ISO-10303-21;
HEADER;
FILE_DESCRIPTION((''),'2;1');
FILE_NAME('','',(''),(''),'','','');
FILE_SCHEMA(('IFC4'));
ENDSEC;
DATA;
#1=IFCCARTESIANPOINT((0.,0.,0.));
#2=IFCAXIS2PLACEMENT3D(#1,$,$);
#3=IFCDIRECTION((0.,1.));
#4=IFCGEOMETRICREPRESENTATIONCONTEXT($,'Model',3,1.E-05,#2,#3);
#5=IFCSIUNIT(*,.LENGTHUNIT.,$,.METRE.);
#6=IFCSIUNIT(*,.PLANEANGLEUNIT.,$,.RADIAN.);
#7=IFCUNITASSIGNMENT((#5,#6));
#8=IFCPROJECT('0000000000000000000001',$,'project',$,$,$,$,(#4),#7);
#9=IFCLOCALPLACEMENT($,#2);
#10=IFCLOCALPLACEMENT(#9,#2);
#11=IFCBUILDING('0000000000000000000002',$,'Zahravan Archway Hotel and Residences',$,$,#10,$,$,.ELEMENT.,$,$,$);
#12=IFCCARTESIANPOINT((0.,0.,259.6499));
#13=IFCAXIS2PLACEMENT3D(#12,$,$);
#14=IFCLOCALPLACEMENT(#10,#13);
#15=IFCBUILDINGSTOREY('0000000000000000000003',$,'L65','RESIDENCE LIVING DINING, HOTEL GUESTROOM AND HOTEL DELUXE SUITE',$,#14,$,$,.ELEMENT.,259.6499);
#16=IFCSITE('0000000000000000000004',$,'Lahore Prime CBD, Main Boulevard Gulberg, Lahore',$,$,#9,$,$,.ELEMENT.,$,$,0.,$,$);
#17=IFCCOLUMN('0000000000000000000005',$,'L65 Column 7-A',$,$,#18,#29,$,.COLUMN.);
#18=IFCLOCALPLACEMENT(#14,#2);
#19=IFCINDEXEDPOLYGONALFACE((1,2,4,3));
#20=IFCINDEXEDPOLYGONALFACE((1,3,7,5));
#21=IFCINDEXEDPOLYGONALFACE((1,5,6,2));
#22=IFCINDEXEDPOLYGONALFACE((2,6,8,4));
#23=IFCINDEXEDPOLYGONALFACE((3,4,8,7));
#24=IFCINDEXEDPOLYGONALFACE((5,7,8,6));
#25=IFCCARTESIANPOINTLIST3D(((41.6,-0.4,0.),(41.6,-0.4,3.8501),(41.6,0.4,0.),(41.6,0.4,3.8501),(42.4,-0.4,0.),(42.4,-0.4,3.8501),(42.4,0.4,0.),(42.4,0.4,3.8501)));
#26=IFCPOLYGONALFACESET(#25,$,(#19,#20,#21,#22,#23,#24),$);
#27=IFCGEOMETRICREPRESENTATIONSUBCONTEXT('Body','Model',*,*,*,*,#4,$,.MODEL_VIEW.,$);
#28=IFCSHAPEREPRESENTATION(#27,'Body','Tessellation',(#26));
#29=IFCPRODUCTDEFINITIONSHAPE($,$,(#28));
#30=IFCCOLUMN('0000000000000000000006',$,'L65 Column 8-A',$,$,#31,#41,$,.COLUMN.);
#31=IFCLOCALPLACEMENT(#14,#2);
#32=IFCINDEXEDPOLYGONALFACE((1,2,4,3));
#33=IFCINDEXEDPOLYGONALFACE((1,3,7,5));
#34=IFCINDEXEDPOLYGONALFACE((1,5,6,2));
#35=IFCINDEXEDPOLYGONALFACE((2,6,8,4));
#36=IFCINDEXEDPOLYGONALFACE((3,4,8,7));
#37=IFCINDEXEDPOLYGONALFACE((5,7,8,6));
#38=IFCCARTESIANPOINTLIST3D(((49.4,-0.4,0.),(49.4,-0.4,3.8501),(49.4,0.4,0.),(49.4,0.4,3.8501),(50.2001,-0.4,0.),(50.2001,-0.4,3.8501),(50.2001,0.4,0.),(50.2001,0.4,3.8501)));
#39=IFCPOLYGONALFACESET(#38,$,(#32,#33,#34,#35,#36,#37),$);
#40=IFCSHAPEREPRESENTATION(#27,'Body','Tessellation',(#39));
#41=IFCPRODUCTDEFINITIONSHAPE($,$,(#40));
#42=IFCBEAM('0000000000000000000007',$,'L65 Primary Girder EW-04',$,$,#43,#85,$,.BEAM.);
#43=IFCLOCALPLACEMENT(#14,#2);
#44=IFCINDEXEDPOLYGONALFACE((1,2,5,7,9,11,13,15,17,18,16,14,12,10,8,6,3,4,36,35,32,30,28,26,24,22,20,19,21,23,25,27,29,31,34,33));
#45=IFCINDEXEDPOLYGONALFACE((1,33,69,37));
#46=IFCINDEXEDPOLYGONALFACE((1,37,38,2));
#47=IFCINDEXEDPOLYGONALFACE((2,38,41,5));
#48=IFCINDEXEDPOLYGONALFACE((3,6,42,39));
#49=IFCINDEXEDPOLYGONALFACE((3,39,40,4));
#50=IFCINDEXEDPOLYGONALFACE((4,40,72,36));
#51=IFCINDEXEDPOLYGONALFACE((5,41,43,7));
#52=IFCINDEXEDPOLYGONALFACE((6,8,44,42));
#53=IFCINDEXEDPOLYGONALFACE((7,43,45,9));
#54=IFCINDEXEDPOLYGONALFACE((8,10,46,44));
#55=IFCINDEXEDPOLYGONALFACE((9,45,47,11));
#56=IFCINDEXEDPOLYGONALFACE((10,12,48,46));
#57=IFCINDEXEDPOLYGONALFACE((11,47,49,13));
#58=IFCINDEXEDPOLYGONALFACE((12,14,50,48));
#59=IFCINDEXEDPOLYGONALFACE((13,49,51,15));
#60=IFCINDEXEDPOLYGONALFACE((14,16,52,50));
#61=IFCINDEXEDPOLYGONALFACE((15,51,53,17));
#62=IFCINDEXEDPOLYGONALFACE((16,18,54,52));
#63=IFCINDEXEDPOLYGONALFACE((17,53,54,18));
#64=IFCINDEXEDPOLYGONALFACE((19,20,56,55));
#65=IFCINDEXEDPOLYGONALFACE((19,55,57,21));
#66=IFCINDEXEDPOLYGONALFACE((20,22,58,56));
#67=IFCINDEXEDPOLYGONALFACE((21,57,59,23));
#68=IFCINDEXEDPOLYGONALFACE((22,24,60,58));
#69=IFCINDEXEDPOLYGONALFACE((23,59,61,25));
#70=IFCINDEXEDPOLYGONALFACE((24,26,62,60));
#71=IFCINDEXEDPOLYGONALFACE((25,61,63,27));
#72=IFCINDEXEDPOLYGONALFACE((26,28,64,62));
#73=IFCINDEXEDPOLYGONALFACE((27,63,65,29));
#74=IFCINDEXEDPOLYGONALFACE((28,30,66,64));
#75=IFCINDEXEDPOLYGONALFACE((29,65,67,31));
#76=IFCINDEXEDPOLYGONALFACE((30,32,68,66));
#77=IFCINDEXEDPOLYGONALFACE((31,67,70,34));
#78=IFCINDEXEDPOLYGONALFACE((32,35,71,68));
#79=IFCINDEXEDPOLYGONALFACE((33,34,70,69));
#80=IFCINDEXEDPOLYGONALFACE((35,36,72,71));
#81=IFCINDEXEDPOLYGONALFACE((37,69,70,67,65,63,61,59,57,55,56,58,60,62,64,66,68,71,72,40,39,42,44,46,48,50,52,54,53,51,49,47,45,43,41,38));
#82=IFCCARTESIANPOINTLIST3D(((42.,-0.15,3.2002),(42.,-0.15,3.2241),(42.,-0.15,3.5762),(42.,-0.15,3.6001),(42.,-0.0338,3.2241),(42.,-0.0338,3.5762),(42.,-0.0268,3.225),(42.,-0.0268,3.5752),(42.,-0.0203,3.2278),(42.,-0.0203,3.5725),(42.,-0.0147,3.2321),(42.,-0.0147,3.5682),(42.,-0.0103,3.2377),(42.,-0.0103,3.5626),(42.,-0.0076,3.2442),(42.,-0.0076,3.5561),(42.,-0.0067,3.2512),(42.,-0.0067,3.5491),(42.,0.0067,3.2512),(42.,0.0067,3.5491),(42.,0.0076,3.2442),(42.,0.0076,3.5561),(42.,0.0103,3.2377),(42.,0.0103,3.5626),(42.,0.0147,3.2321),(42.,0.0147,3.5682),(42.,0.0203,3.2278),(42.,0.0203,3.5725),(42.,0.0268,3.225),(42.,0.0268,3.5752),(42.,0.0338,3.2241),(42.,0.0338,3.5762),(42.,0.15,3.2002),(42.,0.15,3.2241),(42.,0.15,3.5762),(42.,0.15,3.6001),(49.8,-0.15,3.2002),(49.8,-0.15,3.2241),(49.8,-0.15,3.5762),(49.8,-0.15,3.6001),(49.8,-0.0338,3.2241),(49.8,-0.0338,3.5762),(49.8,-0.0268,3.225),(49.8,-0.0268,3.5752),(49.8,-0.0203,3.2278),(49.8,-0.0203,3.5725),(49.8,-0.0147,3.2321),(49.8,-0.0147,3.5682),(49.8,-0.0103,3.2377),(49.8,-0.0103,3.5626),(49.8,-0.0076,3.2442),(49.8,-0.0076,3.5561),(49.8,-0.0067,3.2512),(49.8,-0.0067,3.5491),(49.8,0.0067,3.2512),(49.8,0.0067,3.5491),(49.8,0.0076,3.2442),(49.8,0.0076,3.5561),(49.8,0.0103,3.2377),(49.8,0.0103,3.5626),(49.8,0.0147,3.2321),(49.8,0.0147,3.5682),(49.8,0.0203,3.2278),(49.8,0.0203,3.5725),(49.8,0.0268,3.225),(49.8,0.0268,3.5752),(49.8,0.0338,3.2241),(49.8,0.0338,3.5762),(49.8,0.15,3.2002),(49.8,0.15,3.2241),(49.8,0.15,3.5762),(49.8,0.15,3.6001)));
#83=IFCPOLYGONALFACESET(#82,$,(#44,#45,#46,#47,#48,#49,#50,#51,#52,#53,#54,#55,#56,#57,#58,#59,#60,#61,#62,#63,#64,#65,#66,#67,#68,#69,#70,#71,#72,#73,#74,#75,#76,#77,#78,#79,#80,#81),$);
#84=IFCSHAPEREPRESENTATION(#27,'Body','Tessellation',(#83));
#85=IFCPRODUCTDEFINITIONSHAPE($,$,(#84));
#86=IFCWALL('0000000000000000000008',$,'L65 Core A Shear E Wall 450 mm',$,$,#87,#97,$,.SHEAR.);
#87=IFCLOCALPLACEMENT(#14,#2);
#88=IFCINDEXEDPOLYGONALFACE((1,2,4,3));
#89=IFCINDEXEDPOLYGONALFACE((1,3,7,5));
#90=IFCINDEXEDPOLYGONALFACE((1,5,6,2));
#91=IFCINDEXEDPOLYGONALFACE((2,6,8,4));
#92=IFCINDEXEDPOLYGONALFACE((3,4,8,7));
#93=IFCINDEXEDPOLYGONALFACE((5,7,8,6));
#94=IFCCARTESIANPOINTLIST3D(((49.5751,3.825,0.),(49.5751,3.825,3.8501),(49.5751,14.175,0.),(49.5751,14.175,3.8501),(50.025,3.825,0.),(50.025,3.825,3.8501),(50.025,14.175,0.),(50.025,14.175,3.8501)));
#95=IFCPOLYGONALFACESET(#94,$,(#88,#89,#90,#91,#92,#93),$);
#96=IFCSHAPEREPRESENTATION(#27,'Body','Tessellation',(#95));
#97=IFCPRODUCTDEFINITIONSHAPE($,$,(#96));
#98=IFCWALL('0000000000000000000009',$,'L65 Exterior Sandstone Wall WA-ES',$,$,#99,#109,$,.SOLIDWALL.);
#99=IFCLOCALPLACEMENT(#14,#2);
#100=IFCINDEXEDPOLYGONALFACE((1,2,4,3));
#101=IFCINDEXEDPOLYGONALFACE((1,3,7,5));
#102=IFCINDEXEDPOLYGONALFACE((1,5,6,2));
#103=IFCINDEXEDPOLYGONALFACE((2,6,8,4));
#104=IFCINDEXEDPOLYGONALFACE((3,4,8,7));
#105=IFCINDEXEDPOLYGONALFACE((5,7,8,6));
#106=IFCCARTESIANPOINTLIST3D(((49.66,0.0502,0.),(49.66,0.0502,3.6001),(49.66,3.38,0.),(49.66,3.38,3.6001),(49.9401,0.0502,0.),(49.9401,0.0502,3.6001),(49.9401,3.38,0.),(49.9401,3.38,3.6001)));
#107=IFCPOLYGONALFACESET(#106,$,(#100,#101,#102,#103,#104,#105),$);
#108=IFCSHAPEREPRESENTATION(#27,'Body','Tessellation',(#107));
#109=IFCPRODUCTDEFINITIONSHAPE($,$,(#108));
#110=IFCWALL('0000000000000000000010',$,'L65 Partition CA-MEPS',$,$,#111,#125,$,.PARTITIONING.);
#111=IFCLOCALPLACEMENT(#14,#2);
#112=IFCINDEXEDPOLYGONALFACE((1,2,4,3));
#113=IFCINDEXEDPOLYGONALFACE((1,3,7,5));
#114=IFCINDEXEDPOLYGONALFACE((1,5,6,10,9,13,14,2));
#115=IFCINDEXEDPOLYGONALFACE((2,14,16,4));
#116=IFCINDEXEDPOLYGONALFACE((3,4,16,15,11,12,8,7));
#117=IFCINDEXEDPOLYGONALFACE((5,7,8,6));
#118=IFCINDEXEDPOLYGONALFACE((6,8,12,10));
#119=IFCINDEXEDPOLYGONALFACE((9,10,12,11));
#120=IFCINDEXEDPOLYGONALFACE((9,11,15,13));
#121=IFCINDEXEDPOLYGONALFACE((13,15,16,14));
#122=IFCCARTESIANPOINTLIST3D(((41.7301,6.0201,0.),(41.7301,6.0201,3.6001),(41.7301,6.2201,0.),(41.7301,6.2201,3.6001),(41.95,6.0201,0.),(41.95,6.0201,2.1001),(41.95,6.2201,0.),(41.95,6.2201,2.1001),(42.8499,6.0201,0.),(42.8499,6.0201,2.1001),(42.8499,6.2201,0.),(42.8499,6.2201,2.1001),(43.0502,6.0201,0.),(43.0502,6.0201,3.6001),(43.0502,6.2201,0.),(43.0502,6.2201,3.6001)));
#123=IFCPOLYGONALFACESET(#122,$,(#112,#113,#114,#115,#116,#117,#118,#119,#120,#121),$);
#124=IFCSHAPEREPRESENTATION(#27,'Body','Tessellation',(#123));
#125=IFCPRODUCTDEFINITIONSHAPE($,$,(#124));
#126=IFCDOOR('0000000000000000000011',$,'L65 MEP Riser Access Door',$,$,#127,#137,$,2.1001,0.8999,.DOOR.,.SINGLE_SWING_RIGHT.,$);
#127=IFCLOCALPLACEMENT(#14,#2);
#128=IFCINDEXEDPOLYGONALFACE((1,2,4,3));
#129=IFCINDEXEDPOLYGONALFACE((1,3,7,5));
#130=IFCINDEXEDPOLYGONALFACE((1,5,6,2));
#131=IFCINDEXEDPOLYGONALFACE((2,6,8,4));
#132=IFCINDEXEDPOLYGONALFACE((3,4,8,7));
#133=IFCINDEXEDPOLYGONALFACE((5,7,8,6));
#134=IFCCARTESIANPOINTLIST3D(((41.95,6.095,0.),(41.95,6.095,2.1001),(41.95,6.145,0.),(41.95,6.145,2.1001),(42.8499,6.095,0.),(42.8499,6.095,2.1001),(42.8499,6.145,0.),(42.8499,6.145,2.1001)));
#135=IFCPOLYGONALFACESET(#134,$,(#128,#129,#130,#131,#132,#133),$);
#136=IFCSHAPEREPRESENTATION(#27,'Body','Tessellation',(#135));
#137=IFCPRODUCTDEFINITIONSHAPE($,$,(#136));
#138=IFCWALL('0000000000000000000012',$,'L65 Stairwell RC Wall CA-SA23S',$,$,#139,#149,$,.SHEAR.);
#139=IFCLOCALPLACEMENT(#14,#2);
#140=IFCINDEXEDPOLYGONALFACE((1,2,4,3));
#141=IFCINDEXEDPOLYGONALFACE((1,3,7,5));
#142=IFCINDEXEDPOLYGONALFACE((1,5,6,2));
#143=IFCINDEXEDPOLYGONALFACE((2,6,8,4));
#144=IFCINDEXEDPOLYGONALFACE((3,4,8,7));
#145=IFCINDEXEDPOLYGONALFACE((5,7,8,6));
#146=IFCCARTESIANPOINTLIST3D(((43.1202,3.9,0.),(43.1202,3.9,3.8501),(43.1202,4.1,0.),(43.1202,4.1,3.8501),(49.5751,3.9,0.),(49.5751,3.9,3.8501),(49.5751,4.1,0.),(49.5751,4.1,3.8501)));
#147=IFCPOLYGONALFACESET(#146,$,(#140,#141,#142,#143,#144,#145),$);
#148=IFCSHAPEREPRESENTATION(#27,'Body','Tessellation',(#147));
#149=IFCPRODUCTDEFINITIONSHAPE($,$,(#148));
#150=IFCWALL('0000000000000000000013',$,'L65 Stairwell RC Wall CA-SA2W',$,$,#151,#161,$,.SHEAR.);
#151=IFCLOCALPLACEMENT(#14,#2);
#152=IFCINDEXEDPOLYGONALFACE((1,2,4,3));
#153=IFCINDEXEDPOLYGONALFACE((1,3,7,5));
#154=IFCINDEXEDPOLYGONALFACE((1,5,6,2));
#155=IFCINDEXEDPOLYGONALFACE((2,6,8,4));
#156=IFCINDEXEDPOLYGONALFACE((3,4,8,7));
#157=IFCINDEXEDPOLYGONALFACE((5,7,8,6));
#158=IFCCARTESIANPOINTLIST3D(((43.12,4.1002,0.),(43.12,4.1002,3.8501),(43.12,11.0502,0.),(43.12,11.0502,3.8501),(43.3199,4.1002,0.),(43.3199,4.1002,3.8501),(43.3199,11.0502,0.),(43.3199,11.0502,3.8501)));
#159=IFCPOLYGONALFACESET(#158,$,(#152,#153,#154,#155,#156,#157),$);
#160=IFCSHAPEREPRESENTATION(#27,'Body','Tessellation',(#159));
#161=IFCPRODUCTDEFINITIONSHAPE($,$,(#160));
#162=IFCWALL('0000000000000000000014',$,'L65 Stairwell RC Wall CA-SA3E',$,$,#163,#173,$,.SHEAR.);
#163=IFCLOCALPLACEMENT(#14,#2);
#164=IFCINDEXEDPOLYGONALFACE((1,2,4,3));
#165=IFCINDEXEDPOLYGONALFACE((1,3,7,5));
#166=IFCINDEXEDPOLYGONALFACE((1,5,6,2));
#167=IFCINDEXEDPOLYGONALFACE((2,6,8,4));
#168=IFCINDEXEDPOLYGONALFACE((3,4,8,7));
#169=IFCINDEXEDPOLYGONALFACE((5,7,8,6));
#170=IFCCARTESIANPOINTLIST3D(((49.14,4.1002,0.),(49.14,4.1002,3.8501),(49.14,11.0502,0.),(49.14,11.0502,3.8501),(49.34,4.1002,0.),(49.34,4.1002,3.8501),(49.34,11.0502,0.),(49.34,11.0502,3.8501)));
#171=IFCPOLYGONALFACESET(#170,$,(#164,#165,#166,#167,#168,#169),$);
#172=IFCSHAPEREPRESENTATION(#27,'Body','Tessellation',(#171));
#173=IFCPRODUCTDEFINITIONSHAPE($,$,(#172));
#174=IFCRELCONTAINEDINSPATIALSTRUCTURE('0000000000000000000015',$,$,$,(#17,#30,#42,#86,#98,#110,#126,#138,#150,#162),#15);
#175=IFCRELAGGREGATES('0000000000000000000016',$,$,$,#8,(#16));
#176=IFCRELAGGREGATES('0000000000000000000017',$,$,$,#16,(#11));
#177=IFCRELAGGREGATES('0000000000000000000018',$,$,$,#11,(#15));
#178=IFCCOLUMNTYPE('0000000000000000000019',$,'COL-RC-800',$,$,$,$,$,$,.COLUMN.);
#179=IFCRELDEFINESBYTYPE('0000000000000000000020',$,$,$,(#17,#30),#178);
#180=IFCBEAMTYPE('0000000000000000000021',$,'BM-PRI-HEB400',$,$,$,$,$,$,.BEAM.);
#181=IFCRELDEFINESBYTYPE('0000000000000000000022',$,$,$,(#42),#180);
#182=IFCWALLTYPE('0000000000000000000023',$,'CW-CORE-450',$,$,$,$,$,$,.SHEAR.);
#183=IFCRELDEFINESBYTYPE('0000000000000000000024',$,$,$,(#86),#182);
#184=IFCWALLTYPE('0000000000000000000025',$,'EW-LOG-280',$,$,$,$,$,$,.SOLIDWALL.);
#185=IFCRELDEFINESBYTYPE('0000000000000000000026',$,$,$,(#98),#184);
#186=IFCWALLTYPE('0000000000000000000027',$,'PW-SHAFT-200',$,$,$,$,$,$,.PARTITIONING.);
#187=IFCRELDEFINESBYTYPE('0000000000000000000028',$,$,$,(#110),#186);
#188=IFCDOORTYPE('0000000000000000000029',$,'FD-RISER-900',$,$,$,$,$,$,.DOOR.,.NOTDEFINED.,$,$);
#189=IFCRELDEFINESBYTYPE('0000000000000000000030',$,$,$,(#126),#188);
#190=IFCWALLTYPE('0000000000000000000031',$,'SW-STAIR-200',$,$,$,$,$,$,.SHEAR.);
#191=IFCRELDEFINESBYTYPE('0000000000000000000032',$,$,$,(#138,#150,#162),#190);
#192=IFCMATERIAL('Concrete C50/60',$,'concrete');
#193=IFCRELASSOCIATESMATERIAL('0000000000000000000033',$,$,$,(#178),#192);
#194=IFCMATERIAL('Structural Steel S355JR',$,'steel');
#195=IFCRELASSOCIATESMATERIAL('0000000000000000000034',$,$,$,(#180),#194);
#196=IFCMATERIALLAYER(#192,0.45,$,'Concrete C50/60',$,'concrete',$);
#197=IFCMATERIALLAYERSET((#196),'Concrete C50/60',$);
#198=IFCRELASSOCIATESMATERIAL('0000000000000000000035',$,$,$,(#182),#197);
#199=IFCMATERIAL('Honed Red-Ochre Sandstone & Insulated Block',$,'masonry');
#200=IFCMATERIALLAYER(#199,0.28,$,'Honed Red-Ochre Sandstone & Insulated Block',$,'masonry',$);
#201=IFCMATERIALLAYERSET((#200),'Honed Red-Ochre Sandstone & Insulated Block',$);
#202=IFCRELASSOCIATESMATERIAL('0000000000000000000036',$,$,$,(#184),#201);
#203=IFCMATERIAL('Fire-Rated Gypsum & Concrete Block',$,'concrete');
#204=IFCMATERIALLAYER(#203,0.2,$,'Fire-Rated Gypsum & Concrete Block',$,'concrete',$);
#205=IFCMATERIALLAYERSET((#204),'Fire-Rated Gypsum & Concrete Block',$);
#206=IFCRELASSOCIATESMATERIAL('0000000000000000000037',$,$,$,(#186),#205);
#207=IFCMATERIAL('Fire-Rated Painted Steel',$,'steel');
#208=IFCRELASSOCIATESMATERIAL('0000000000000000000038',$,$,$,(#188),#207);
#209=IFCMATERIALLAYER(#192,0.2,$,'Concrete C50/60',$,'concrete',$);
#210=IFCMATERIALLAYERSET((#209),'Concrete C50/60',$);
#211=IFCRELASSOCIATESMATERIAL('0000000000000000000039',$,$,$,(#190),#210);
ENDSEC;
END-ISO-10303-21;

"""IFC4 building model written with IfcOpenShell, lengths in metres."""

from ifc_helpers import new_model, si_unit, direction, frame, frame_2d, origin, origin_2d, place, context, subcontext, project, spatial, rectangle, i_section, extrude, source, transform, mapped, material, layer, layer_set, material_profile, profile_set, type_object, type_shapes, element, fill, save


model = new_model("IFC4")

# Units and contexts
model_context = context("Model", 3, precision=1e-05, world=origin(), true_north=direction((0.0, 1.0)))
body_context = subcontext(model_context, "Body", "Model", "MODEL_VIEW")
ifc_project = project(units=[si_unit("LENGTHUNIT", "METRE"), si_unit("PLANEANGLEUNIT", "RADIAN")], contexts=[model_context])

# Site, building, storey
site_placement = place(None, origin())
site = spatial("IfcSite", under=ifc_project, at=site_placement, Name="Lahore Prime CBD, Main Boulevard Gulberg, Lahore", CompositionType="ELEMENT", RefElevation=0.0)
building_placement = place(site_placement, origin())
building = spatial("IfcBuilding", under=site, at=building_placement, Name="Zahravan Archway Hotel and Residences", CompositionType="ELEMENT")
storey_placement = place(building_placement, frame((0.0, 0.0, 259.6499)))
storey = spatial("IfcBuildingStorey", under=building, at=storey_placement, Name="L65", Description="RESIDENCE LIVING DINING, HOTEL GUESTROOM AND HOTEL DELUXE SUITE", CompositionType="ELEMENT", Elevation=259.6499)

# Columns
ifc_material_1 = material(Name="Concrete C50/60", Category="concrete")
ifc_material_profile_1 = material_profile(ifc_material_1, rectangle(XDim=0.8, YDim=0.8, at=origin_2d()), Name="RC-COL-800x800", Category="concrete")
ifc_profile_set_1 = profile_set([ifc_material_profile_1], Name="Concrete C50/60")
column_type = type_object("IfcColumnType", Name="COL-RC-800", PredefinedType="COLUMN", material=ifc_profile_set_1)
shared_shape_1 = source(origin(), body_context, "Body", "SweptSolid", [
    extrude(rectangle(XDim=0.8, YDim=0.8, at=origin_2d()), origin(), (0.0, 0.0, 1.0), 3.8501),
])
for number, where, z_axis, x_axis, name in (
    (1, (42.0, 0.0, 0.0), (0.0, 0.0, 1.0), (1.0, 0.0, 0.0), "L65 Column 7-A"),
    (2, (49.8, 0.0, 0.0), (0.0, 0.0, 1.0), (1.0, 0.0, 0.0), "L65 Column 8-A"),
):
    element("IfcColumn", number, at=place(storey_placement, frame(where, z_axis=z_axis, x_axis=x_axis)), inside=storey, type_object=column_type, Name=name, PredefinedType="COLUMN", context=body_context, shape_type="MappedRepresentation", body=[
        mapped(shared_shape_1, transform((0.0, 0.0, 0.0), scale=1.0)),
    ])

# Beam
ifc_material_2 = material(Name="Structural Steel S355JR", Category="steel")
ifc_material_profile_2 = material_profile(ifc_material_2, i_section(OverallWidth=0.3, OverallDepth=0.3999, WebThickness=0.0134, FlangeThickness=0.0239, FilletRadius=0.0271, at=origin_2d()), Name="HEB 400", Category="steel")
ifc_profile_set_2 = profile_set([ifc_material_profile_2], Name="Structural Steel S355JR")
beam_type = type_object("IfcBeamType", Name="BM-PRI-HEB400", PredefinedType="BEAM", material=ifc_profile_set_2)
shared_shape_2 = source(origin(), body_context, "Body", "SweptSolid", [
    extrude(i_section(OverallWidth=0.3, OverallDepth=0.3999, WebThickness=0.0134, FlangeThickness=0.0239, FilletRadius=0.0271, at=origin_2d()), origin(), (0.0, 0.0, 1.0), 7.8),
])
beam_placement = place(storey_placement, frame((42.0, 0.0, 3.4001), z_axis=(1.0, 0.0, 0.0), x_axis=(0.0, 1.0, 0.0)))
element("IfcBeam", 3, at=beam_placement, inside=storey, type_object=beam_type, Name="L65 Primary Girder EW-04", PredefinedType="BEAM", context=body_context, shape_type="MappedRepresentation", body=[
    mapped(shared_shape_2, transform((0.0, 0.0, 0.0), scale=1.0)),
])

# Walls
ifc_layer_1 = layer(ifc_material_1, 0.45, Name="Concrete C50/60", Category="concrete")
ifc_layer_set_1 = layer_set([ifc_layer_1], Name="Concrete C50/60")
wall_type_1 = type_object("IfcWallType", Name="CW-CORE-450", PredefinedType="SHEAR", material=ifc_layer_set_1)
wall_1_placement = place(storey_placement, frame((49.8, 3.825, 0.0), z_axis=(0.0, 0.0, 1.0), x_axis=(0.0, 1.0, 0.0)))
element("IfcWall", 4, at=wall_1_placement, inside=storey, type_object=wall_type_1, Name="L65 Core A Shear E Wall 450 mm", PredefinedType="SHEAR", context=body_context, shape_type="SweptSolid", body=[
    extrude(rectangle(XDim=10.3501, YDim=0.45, at=frame_2d((5.175, 0.0))), origin(), (0.0, 0.0, 1.0), 3.8501),
])
ifc_material_3 = material(Name="Honed Red-Ochre Sandstone & Insulated Block", Category="masonry")
ifc_layer_2 = layer(ifc_material_3, 0.28, Name="Honed Red-Ochre Sandstone & Insulated Block", Category="masonry")
ifc_layer_set_2 = layer_set([ifc_layer_2], Name="Honed Red-Ochre Sandstone & Insulated Block")
wall_type_2 = type_object("IfcWallType", Name="EW-LOG-280", PredefinedType="SOLIDWALL", material=ifc_layer_set_2)
wall_2_placement = place(storey_placement, frame((49.8, 0.05, 0.0), z_axis=(0.0, 0.0, 1.0), x_axis=(0.0, 1.0, 0.0)))
element("IfcWall", 5, at=wall_2_placement, inside=storey, type_object=wall_type_2, Name="L65 Exterior Sandstone Wall WA-ES", PredefinedType="SOLIDWALL", context=body_context, shape_type="SweptSolid", body=[
    extrude(rectangle(XDim=3.3298, YDim=0.28, at=frame_2d((1.665, 0.0))), origin(), (0.0, 0.0, 1.0), 3.6001),
])

# Wall, opening, door
ifc_material_4 = material(Name="Fire-Rated Gypsum & Concrete Block", Category="concrete")
ifc_layer_3 = layer(ifc_material_4, 0.2, Name="Fire-Rated Gypsum & Concrete Block", Category="concrete")
ifc_layer_set_3 = layer_set([ifc_layer_3], Name="Fire-Rated Gypsum & Concrete Block")
wall_type_3 = type_object("IfcWallType", Name="PW-SHAFT-200", PredefinedType="PARTITIONING", material=ifc_layer_set_3)
wall_3_placement = place(storey_placement, frame((41.73, 6.1201, 0.0), z_axis=(0.0, 0.0, 1.0), x_axis=(1.0, 0.0, 0.0)))
wall_3 = element("IfcWall", 6, at=wall_3_placement, inside=storey, type_object=wall_type_3, Name="L65 Partition CA-MEPS", PredefinedType="PARTITIONING", context=body_context, shape_type="SweptSolid", body=[
    extrude(rectangle(XDim=1.3201, YDim=0.2, at=frame_2d((0.6602, 0.0))), origin(), (0.0, 0.0, 1.0), 3.6001),
])
opening_placement = place(wall_3_placement, frame((0.22, 0.0, 0.0)))
opening = element("IfcOpeningElement", 7, at=opening_placement, cuts=wall_3, PredefinedType="OPENING", context=body_context, shape_type="SweptSolid", body=[
    extrude(rectangle(XDim=0.8999, YDim=2.1001, at=frame_2d((0.45, 1.05))), frame((0.0, 0.1099, 0.0), z_axis=(0.0, -1.0, 0.0), x_axis=(1.0, 0.0, 0.0)), (0.0, 0.0, 1.0), 0.22),
])
ifc_material_5 = material(Name="Fire-Rated Painted Steel", Category="steel")
door_type = type_object("IfcDoorType", Name="FD-RISER-900", OperationType="NOTDEFINED", PredefinedType="DOOR", material=ifc_material_5)
shared_shape_3 = source(origin(), body_context, "Body", "SweptSolid", [
    extrude(rectangle(XDim=0.8999, YDim=2.1001, at=frame_2d((0.45, 1.05))), frame((0.0, 0.0249, 0.0), z_axis=(0.0, -1.0, 0.0), x_axis=(1.0, 0.0, 0.0)), (0.0, 0.0, 1.0), 0.05),
])
type_shapes(door_type, [shared_shape_3])
door_placement = place(opening_placement, origin())
door = element("IfcDoor", 8, at=door_placement, inside=storey, type_object=door_type, Name="L65 MEP Riser Access Door", OperationType="SINGLE_SWING_RIGHT", OverallHeight=2.1001, OverallWidth=0.8999, PredefinedType="DOOR", context=body_context, shape_type="MappedRepresentation", body=[
    mapped(shared_shape_3, transform((0.0, 0.0, 0.0), scale=1.0)),
])
fill(opening, door)

# Walls
ifc_layer_4 = layer(ifc_material_1, 0.2, Name="Concrete C50/60", Category="concrete")
ifc_layer_set_4 = layer_set([ifc_layer_4], Name="Concrete C50/60")
wall_type_4 = type_object("IfcWallType", Name="SW-STAIR-200", PredefinedType="SHEAR", material=ifc_layer_set_4)
wall_4_placement = place(storey_placement, frame((43.1201, 4.0, 0.0), z_axis=(0.0, 0.0, 1.0), x_axis=(1.0, 0.0, 0.0)))
element("IfcWall", 9, at=wall_4_placement, inside=storey, type_object=wall_type_4, Name="L65 Stairwell RC Wall CA-SA23S", PredefinedType="SHEAR", context=body_context, shape_type="SweptSolid", body=[
    extrude(rectangle(XDim=6.4548, YDim=0.2, at=frame_2d((3.2275, 0.0))), origin(), (0.0, 0.0, 1.0), 3.8501),
])
for number, where, z_axis, x_axis, name in (
    (10, (43.22, 4.1001, 0.0), (0.0, 0.0, 1.0), (0.0, 1.0, 0.0), "L65 Stairwell RC Wall CA-SA2W"),
    (11, (49.24, 4.1001, 0.0), (0.0, 0.0, 1.0), (0.0, 1.0, 0.0), "L65 Stairwell RC Wall CA-SA3E"),
):
    element("IfcWall", number, at=place(storey_placement, frame(where, z_axis=z_axis, x_axis=x_axis)), inside=storey, type_object=wall_type_4, Name=name, PredefinedType="SHEAR", context=body_context, shape_type="SweptSolid", body=[
        extrude(rectangle(XDim=6.95, YDim=0.2, at=frame_2d((3.4751, 0.0))), origin(), (0.0, 0.0, 1.0), 3.8501),
    ])

save(model, "model.ifc")
